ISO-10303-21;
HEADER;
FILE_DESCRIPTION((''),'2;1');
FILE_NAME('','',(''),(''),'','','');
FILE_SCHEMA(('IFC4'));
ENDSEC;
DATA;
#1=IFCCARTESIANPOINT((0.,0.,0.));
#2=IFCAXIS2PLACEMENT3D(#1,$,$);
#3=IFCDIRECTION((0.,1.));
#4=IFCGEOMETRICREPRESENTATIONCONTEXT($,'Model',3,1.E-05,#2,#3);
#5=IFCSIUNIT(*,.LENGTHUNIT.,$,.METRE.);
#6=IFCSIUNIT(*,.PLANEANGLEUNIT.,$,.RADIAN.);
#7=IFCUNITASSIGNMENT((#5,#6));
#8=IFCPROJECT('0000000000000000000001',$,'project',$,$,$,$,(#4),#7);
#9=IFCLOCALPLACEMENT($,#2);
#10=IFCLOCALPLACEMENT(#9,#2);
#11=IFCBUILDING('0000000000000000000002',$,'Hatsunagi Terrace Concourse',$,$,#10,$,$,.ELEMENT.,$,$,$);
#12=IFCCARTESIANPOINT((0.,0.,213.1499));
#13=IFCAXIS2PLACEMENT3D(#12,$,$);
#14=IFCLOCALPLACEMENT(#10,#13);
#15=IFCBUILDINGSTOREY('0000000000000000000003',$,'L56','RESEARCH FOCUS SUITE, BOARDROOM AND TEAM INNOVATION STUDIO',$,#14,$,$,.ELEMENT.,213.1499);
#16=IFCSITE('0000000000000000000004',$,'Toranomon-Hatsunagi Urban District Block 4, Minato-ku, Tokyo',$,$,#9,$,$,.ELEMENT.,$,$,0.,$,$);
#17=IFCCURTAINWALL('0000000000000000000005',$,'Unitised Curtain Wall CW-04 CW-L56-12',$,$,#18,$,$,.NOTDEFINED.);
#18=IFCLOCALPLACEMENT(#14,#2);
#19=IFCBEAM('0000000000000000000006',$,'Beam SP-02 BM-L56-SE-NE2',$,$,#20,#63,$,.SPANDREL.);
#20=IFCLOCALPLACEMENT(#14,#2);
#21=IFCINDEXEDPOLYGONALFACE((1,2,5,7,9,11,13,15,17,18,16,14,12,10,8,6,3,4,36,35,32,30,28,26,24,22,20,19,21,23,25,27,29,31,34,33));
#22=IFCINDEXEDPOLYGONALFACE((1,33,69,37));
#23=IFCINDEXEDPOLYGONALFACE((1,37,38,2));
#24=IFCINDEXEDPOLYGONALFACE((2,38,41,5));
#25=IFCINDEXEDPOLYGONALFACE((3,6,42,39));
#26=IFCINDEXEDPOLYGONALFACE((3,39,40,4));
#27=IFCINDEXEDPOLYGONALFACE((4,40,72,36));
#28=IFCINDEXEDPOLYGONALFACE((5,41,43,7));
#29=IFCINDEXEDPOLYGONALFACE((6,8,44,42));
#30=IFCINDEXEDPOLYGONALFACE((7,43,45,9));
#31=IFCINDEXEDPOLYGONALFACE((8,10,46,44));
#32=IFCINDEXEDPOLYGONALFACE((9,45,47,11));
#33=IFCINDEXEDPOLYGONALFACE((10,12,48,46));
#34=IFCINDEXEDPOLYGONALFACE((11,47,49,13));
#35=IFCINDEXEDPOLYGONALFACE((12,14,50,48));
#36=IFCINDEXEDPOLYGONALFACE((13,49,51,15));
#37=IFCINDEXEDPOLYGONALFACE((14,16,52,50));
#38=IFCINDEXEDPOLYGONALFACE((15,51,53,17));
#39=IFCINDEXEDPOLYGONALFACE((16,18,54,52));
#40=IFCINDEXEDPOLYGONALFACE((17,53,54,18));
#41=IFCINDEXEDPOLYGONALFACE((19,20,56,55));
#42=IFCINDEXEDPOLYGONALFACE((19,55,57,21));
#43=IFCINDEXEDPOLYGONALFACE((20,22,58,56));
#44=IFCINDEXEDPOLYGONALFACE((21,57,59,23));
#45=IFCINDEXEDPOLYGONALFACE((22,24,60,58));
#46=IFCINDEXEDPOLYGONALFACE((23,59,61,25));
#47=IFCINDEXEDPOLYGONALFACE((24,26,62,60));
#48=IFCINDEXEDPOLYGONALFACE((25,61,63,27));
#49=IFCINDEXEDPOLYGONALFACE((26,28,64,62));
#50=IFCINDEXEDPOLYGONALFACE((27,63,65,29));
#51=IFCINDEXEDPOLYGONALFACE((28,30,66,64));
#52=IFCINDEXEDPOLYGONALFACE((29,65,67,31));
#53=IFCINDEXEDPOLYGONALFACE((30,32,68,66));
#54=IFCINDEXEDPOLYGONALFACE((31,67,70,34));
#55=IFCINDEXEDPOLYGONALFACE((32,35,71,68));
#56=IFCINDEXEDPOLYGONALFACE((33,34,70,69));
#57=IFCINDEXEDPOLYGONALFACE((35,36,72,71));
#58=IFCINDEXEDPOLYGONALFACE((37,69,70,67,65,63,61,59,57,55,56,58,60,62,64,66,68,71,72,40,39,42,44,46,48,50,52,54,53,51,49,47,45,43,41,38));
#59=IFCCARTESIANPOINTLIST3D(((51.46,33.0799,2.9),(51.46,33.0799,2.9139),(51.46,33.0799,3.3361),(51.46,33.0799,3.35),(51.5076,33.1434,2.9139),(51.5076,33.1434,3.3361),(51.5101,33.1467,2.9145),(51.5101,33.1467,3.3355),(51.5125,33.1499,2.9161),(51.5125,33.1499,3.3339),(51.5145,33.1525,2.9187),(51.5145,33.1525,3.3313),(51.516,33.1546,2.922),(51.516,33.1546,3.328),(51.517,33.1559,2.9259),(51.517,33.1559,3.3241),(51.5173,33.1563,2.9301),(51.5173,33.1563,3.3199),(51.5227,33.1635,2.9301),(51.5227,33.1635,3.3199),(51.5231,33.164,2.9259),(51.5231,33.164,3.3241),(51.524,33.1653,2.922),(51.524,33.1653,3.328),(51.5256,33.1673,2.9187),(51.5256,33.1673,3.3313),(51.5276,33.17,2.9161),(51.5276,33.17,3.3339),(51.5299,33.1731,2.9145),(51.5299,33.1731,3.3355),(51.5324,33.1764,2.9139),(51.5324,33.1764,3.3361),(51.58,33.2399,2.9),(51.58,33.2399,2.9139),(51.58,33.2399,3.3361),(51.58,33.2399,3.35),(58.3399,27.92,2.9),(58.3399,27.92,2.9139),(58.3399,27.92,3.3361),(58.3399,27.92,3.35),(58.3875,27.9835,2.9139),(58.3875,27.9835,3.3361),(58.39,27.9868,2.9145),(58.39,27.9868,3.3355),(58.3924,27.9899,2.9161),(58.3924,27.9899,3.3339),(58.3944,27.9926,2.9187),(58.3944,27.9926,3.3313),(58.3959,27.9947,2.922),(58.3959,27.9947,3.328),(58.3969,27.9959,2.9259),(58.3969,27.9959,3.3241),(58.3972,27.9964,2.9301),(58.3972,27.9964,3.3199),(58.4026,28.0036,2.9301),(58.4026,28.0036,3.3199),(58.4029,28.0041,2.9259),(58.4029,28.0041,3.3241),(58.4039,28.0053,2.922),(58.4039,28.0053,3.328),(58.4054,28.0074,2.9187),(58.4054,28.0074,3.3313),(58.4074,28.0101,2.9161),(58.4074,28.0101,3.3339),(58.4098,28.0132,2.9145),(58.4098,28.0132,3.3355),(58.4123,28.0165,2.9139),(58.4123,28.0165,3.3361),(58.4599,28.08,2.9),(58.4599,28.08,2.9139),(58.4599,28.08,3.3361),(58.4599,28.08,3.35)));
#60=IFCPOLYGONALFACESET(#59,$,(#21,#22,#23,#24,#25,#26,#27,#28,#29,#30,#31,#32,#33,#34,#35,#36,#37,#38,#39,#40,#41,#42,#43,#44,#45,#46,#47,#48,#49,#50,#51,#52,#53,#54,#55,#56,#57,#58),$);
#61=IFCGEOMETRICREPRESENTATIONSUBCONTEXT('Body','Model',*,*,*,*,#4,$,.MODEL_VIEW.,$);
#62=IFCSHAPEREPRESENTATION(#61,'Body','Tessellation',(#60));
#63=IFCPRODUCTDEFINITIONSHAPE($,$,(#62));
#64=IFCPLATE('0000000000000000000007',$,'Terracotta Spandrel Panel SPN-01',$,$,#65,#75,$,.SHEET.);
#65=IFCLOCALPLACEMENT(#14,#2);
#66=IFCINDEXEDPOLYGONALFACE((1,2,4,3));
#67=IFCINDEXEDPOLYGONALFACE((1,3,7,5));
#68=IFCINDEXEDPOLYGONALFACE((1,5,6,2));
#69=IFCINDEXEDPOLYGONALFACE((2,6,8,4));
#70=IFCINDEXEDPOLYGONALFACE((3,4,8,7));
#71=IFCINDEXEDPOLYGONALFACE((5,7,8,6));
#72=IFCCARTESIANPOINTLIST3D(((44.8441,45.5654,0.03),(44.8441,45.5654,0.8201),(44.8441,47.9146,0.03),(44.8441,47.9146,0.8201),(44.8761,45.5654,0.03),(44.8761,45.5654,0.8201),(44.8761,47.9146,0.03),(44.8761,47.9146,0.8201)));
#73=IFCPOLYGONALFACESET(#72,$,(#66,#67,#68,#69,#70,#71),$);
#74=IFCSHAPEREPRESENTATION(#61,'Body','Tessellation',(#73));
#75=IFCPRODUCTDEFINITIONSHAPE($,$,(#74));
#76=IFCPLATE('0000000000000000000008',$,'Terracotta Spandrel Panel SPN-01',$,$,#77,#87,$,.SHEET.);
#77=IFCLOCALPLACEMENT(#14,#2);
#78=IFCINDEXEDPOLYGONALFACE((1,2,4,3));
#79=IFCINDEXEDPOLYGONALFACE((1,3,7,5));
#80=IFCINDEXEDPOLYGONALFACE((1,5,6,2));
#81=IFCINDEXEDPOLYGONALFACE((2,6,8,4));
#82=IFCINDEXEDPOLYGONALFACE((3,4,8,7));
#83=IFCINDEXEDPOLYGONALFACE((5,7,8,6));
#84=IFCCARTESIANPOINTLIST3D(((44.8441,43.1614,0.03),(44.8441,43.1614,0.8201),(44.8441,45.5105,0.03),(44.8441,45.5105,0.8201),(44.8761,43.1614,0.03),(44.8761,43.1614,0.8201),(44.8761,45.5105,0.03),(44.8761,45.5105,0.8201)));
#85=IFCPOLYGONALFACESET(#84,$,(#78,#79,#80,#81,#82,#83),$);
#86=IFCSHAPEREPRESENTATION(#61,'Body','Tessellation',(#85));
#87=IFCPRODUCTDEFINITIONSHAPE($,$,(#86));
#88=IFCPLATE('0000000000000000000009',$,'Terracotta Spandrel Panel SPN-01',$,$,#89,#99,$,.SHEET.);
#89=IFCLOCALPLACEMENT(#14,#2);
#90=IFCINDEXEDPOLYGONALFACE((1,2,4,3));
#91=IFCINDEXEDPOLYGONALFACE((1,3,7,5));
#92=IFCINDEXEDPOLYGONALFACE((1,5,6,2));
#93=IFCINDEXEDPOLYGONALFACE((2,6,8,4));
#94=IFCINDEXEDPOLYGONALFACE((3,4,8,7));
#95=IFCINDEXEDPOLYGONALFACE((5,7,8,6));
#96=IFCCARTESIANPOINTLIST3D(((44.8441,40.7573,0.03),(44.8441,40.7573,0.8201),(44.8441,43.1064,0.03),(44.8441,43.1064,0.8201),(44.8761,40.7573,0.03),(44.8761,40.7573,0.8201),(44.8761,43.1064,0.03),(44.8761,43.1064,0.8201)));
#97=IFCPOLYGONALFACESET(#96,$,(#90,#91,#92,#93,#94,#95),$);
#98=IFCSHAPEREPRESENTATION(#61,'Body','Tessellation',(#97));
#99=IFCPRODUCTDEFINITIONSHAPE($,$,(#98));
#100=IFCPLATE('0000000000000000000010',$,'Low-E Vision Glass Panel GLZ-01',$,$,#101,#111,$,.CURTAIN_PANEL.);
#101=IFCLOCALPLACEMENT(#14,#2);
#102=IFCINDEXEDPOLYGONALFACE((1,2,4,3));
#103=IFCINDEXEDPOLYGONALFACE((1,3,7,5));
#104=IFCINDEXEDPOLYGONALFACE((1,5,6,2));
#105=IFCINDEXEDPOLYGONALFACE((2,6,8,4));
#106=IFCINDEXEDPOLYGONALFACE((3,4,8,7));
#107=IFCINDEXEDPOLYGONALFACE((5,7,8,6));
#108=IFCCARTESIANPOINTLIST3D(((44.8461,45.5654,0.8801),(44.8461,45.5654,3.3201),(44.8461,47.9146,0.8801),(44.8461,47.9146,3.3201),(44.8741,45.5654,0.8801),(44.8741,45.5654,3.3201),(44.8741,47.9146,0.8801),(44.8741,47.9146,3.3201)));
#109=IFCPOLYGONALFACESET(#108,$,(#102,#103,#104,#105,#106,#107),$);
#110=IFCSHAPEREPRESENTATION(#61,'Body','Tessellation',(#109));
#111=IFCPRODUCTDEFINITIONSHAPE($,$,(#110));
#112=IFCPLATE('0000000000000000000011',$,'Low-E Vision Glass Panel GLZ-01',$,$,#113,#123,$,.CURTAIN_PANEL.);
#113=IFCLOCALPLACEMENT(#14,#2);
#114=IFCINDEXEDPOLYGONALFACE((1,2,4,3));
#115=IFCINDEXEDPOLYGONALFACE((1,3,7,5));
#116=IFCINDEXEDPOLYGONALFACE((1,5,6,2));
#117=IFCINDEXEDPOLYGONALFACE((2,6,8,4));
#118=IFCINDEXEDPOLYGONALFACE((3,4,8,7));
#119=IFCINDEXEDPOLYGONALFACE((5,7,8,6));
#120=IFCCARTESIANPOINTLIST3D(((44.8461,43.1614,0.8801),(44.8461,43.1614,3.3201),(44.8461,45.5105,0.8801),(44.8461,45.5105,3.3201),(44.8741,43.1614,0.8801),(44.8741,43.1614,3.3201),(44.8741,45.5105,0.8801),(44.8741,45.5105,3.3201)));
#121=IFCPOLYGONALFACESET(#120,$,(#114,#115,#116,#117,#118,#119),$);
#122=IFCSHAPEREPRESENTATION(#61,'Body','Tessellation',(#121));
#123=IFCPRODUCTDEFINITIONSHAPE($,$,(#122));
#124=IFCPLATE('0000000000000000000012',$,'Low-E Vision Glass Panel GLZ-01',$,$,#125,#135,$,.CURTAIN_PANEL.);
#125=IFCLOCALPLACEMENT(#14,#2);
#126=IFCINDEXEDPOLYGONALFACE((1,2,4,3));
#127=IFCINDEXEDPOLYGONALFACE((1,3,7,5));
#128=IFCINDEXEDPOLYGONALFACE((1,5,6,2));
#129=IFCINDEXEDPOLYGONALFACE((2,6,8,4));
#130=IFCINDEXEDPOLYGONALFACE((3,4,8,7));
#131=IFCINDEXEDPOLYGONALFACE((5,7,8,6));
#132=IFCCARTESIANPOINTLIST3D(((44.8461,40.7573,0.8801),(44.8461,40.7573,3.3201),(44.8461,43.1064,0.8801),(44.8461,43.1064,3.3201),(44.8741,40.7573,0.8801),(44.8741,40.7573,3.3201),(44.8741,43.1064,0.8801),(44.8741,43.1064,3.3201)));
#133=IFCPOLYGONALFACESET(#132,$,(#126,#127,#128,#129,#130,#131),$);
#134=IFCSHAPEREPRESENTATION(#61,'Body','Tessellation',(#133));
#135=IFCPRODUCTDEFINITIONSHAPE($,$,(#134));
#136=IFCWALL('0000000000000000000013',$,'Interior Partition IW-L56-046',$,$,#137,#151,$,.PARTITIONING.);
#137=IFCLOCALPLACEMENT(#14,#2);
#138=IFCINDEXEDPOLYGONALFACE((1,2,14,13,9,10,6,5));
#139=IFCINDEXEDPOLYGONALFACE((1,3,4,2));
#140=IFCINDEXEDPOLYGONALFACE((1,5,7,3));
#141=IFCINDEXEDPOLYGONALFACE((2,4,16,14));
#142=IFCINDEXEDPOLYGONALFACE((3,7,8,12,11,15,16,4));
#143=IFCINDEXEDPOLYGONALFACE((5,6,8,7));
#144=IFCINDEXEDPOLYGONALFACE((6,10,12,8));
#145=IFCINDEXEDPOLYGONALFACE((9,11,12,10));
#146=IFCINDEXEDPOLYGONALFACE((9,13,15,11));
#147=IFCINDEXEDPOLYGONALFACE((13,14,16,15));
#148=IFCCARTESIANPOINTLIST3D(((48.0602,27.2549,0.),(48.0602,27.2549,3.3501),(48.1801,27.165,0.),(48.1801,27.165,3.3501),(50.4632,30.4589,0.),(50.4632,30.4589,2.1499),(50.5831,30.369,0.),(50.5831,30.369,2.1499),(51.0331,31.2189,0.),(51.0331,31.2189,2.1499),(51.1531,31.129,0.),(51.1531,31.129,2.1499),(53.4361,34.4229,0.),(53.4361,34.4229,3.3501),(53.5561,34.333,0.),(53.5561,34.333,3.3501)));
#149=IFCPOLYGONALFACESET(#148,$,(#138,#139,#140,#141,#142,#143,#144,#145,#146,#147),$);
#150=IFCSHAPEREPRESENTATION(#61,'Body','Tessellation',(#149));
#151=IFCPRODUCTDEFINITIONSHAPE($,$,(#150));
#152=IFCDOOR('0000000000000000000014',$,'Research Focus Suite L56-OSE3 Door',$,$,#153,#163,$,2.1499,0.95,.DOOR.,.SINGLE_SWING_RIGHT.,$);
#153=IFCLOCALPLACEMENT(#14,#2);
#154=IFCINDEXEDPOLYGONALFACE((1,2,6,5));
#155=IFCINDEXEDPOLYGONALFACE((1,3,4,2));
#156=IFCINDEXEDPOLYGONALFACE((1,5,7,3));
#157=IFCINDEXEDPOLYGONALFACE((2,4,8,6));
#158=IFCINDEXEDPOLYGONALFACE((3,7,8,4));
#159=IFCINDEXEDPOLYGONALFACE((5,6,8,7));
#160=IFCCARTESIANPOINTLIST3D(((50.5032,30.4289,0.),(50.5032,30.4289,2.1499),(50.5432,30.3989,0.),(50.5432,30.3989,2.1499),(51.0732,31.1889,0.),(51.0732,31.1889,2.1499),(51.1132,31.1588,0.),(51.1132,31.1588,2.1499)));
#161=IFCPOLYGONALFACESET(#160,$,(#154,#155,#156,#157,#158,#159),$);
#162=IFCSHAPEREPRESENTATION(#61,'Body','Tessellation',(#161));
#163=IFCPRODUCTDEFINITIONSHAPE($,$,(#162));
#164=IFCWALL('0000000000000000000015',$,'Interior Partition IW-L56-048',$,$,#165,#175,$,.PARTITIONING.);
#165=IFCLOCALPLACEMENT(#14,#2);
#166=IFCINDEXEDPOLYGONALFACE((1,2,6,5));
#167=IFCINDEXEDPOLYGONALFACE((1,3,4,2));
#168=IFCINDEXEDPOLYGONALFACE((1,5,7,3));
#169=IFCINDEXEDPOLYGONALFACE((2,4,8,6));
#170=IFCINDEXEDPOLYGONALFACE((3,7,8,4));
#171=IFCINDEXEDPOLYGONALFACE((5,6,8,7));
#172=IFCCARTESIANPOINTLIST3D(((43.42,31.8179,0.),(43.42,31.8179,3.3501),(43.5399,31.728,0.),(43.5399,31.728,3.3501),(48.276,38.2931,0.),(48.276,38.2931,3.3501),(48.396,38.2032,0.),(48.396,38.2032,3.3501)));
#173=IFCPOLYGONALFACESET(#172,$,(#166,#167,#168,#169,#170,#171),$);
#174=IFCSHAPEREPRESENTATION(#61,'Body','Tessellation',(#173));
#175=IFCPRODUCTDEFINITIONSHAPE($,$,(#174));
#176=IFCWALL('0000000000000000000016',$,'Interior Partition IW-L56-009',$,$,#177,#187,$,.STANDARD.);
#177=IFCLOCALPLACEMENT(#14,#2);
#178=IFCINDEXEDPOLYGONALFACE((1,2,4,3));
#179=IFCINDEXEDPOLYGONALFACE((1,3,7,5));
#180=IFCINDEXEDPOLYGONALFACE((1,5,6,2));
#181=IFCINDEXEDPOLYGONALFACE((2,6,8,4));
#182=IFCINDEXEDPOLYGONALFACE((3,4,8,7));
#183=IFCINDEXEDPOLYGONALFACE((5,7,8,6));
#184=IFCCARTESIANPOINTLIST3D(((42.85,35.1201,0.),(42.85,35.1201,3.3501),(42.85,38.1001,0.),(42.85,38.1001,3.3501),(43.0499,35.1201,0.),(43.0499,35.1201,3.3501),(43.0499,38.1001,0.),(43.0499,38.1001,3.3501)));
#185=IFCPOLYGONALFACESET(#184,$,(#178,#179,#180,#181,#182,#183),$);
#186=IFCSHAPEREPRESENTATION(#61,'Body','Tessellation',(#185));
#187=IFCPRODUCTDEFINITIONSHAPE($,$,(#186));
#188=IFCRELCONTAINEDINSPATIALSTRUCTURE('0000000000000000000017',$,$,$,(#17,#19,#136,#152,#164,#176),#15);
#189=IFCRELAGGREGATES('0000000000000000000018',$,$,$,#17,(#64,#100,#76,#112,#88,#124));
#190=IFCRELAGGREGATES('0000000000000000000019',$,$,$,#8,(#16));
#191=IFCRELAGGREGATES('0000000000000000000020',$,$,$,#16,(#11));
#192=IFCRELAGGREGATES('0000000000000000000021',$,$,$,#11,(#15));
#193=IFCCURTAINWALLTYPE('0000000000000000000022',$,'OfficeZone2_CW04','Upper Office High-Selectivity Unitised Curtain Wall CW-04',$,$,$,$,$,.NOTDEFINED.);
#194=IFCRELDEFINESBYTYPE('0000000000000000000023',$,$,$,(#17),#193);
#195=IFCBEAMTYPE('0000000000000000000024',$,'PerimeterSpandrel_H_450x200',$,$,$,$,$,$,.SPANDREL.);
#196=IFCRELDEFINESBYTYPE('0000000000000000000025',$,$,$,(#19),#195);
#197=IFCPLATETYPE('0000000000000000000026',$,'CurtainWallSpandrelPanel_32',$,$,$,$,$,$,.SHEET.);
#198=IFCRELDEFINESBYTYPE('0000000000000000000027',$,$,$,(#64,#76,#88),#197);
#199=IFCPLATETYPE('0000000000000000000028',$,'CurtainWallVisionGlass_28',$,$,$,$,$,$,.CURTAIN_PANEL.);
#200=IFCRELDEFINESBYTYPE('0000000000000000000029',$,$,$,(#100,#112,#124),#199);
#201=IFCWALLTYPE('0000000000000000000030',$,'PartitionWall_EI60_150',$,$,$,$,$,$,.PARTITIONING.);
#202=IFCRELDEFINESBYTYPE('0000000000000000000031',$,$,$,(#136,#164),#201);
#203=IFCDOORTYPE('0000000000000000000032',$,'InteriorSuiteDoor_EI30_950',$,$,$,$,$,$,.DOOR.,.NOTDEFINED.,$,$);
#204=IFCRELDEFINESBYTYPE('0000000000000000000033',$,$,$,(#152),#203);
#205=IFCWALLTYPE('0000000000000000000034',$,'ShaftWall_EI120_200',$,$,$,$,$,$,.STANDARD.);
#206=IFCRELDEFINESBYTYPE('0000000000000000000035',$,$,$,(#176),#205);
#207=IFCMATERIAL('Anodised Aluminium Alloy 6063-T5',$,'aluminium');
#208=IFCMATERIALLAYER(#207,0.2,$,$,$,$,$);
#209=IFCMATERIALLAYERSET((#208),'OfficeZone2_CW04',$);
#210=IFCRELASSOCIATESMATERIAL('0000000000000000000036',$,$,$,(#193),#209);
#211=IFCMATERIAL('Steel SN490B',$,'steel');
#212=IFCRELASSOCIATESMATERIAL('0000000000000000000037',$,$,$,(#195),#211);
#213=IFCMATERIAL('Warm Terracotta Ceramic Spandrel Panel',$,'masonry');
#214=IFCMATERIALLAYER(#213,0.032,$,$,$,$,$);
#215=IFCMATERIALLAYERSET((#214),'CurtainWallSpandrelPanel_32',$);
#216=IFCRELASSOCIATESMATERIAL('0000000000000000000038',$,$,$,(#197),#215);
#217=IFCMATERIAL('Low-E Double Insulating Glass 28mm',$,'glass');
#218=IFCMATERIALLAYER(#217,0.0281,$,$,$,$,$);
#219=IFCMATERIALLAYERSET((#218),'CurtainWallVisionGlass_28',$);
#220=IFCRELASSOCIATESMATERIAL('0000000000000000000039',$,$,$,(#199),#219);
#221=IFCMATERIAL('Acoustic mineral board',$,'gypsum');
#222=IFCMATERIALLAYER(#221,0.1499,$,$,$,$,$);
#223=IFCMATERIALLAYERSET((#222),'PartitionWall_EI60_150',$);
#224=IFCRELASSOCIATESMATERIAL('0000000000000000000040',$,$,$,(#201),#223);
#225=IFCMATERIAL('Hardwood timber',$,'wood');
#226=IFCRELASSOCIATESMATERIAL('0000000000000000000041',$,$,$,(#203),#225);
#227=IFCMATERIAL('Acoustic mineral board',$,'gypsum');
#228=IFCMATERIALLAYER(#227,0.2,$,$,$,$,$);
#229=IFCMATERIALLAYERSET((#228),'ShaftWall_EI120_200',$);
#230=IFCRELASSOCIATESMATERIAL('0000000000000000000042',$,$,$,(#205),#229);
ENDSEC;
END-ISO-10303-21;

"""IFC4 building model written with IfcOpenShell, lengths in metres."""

from ifc_helpers import new_model, si_unit, direction, frame, frame_2d, origin, origin_2d, place, context, subcontext, project, spatial, rectangle, i_section, extrude, material, layer, layer_set, material_profile, profile_set, type_object, element, fill, aggregate, save


model = new_model("IFC4")

# Units and contexts
model_context = context("Model", 3, precision=1e-05, world=origin(), true_north=direction((0.0, 1.0)))
body_context = subcontext(model_context, "Body", "Model", "MODEL_VIEW")
ifc_project = project(units=[si_unit("LENGTHUNIT", "METRE"), si_unit("PLANEANGLEUNIT", "RADIAN")], contexts=[model_context])

# Site, building, storey
site_placement = place(None, origin())
site = spatial("IfcSite", under=ifc_project, at=site_placement, Name="Toranomon-Hatsunagi Urban District Block 4, Minato-ku, Tokyo", CompositionType="ELEMENT", RefElevation=0.0)
building_placement = place(site_placement, origin())
building = spatial("IfcBuilding", under=site, at=building_placement, Name="Hatsunagi Terrace Concourse", CompositionType="ELEMENT")
storey_placement = place(building_placement, frame((0.0, 0.0, 213.1499)))
storey = spatial("IfcBuildingStorey", under=building, at=storey_placement, Name="L56", Description="RESEARCH FOCUS SUITE, BOARDROOM AND TEAM INNOVATION STUDIO", CompositionType="ELEMENT", Elevation=213.1499)

# Curtain wall
ifc_material_1 = material(Name="Anodised Aluminium Alloy 6063-T5", Category="aluminium")
ifc_layer_1 = layer(ifc_material_1, 0.2)
ifc_layer_set_1 = layer_set([ifc_layer_1], Name="OfficeZone2_CW04")
curtain_wall_type = type_object("IfcCurtainWallType", Name="OfficeZone2_CW04", Description="Upper Office High-Selectivity Unitised Curtain Wall CW-04", PredefinedType="NOTDEFINED", material=ifc_layer_set_1)
curtain_wall_placement = place(storey_placement, origin())
curtain_wall = element("IfcCurtainWall", 1, at=curtain_wall_placement, inside=storey, type_object=curtain_wall_type, Name="Unitised Curtain Wall CW-04 CW-L56-12", PredefinedType="NOTDEFINED")

# Beam
ifc_material_2 = material(Name="Steel SN490B", Category="steel")
ifc_material_profile_1 = material_profile(ifc_material_2, i_section(OverallWidth=0.2, OverallDepth=0.45, WebThickness=0.009, FlangeThickness=0.0139, FilletRadius=0.0161, at=origin_2d()), Name="H-450x200x9x14")
ifc_profile_set_1 = profile_set([ifc_material_profile_1], Name="Steel SN490B")
beam_type_1 = type_object("IfcBeamType", Name="PerimeterSpandrel_H_450x200", PredefinedType="SPANDREL", material=ifc_profile_set_1)
beam_1_placement = place(storey_placement, frame((51.52, 33.1599, 3.125), z_axis=(0.8, -0.6, 0.0), x_axis=(0.6, 0.8, 0.0)))
element("IfcBeam", 2, at=beam_1_placement, inside=storey, type_object=beam_type_1, Name="Beam SP-02 BM-L56-SE-NE2", PredefinedType="SPANDREL", context=body_context, shape_type="SweptSolid", body=[
    extrude(i_section(OverallWidth=0.2, OverallDepth=0.45, WebThickness=0.009, FlangeThickness=0.0139, FilletRadius=0.0161, at=origin_2d()), origin(), (0.0, 0.0, 1.0), 8.5999),
])

# Plates
ifc_material_3 = material(Name="Warm Terracotta Ceramic Spandrel Panel", Category="masonry")
ifc_layer_2 = layer(ifc_material_3, 0.032)
ifc_layer_set_2 = layer_set([ifc_layer_2], Name="CurtainWallSpandrelPanel_32")
plate_type_1 = type_object("IfcPlateType", Name="CurtainWallSpandrelPanel_32", PredefinedType="SHEET", material=ifc_layer_set_2)
plate_1_placement = place(storey_placement, frame((44.8601, 46.74, 0.03), z_axis=(0.0, 0.0, 1.0), x_axis=(0.0, -1.0, 0.0)))
plate_1 = element("IfcPlate", 3, at=plate_1_placement, type_object=plate_type_1, Name="Terracotta Spandrel Panel SPN-01", PredefinedType="SHEET", context=body_context, shape_type="SweptSolid", body=[
    extrude(rectangle(XDim=2.3491, YDim=0.032, at=origin_2d()), origin(), (0.0, 0.0, 1.0), 0.79),
])
plate_2_placement = place(storey_placement, frame((44.8601, 44.3359, 0.03), z_axis=(0.0, 0.0, 1.0), x_axis=(0.0, -1.0, 0.0)))
plate_2 = element("IfcPlate", 4, at=plate_2_placement, type_object=plate_type_1, Name="Terracotta Spandrel Panel SPN-01", PredefinedType="SHEET", context=body_context, shape_type="SweptSolid", body=[
    extrude(rectangle(XDim=2.3491, YDim=0.032, at=origin_2d()), origin(), (0.0, 0.0, 1.0), 0.79),
])
plate_3_placement = place(storey_placement, frame((44.8601, 41.9319, 0.03), z_axis=(0.0, 0.0, 1.0), x_axis=(0.0, -1.0, 0.0)))
plate_3 = element("IfcPlate", 5, at=plate_3_placement, type_object=plate_type_1, Name="Terracotta Spandrel Panel SPN-01", PredefinedType="SHEET", context=body_context, shape_type="SweptSolid", body=[
    extrude(rectangle(XDim=2.3491, YDim=0.032, at=origin_2d()), origin(), (0.0, 0.0, 1.0), 0.79),
])
ifc_material_4 = material(Name="Low-E Double Insulating Glass 28mm", Category="glass")
ifc_layer_3 = layer(ifc_material_4, 0.0281)
ifc_layer_set_3 = layer_set([ifc_layer_3], Name="CurtainWallVisionGlass_28")
plate_type_2 = type_object("IfcPlateType", Name="CurtainWallVisionGlass_28", PredefinedType="CURTAIN_PANEL", material=ifc_layer_set_3)
plate_4_placement = place(storey_placement, frame((44.8601, 46.74, 0.8801), z_axis=(0.0, 0.0, 1.0), x_axis=(0.0, -1.0, 0.0)))
plate_4 = element("IfcPlate", 6, at=plate_4_placement, type_object=plate_type_2, Name="Low-E Vision Glass Panel GLZ-01", PredefinedType="CURTAIN_PANEL", context=body_context, shape_type="SweptSolid", body=[
    extrude(rectangle(XDim=2.3491, YDim=0.0281, at=origin_2d()), origin(), (0.0, 0.0, 1.0), 2.4399),
])
plate_5_placement = place(storey_placement, frame((44.8601, 44.3359, 0.8801), z_axis=(0.0, 0.0, 1.0), x_axis=(0.0, -1.0, 0.0)))
plate_5 = element("IfcPlate", 7, at=plate_5_placement, type_object=plate_type_2, Name="Low-E Vision Glass Panel GLZ-01", PredefinedType="CURTAIN_PANEL", context=body_context, shape_type="SweptSolid", body=[
    extrude(rectangle(XDim=2.3491, YDim=0.0281, at=origin_2d()), origin(), (0.0, 0.0, 1.0), 2.4399),
])
plate_6_placement = place(storey_placement, frame((44.8601, 41.9319, 0.8801), z_axis=(0.0, 0.0, 1.0), x_axis=(0.0, -1.0, 0.0)))
plate_6 = element("IfcPlate", 8, at=plate_6_placement, type_object=plate_type_2, Name="Low-E Vision Glass Panel GLZ-01", PredefinedType="CURTAIN_PANEL", context=body_context, shape_type="SweptSolid", body=[
    extrude(rectangle(XDim=2.3491, YDim=0.0281, at=origin_2d()), origin(), (0.0, 0.0, 1.0), 2.4399),
])
aggregate(curtain_wall, [plate_1, plate_4, plate_2, plate_5, plate_3, plate_6])

# Wall, opening, door
ifc_material_5 = material(Name="Acoustic mineral board", Category="gypsum")
ifc_layer_4 = layer(ifc_material_5, 0.1499)
ifc_layer_set_4 = layer_set([ifc_layer_4], Name="PartitionWall_EI60_150")
wall_type_1 = type_object("IfcWallType", Name="PartitionWall_EI60_150", PredefinedType="PARTITIONING", material=ifc_layer_set_4)
wall_1_placement = place(storey_placement, frame((48.1201, 27.21, 0.0), z_axis=(0.0, 0.0, 1.0), x_axis=(0.6, 0.8, 0.0)))
wall_1 = element("IfcWall", 9, at=wall_1_placement, inside=storey, type_object=wall_type_1, Name="Interior Partition IW-L56-046", PredefinedType="PARTITIONING", context=body_context, shape_type="SweptSolid", body=[
    extrude(rectangle(XDim=8.96, YDim=0.1499, at=frame_2d((4.48, 0.0))), origin(), (0.0, 0.0, 1.0), 3.3501),
])
opening_1_placement = place(wall_1_placement, frame((4.0049, 0.0, 0.0)))
opening_1 = element("IfcOpeningElement", 10, at=opening_1_placement, cuts=wall_1, PredefinedType="OPENING", context=body_context, shape_type="SweptSolid", body=[
    extrude(rectangle(XDim=0.95, YDim=2.1499, at=frame_2d((0.4751, 1.075))), frame((0.0, 0.085, 0.0), z_axis=(0.0, -1.0, 0.0), x_axis=(1.0, 0.0, 0.0)), (0.0, 0.0, 1.0), 0.1699),
])
ifc_material_6 = material(Name="Hardwood timber", Category="wood")
door_type_1 = type_object("IfcDoorType", Name="InteriorSuiteDoor_EI30_950", OperationType="NOTDEFINED", PredefinedType="DOOR", material=ifc_material_6)
door_1_placement = place(opening_1_placement, origin())
door_1 = element("IfcDoor", 11, at=door_1_placement, inside=storey, type_object=door_type_1, Name="Research Focus Suite L56-OSE3 Door", OperationType="SINGLE_SWING_RIGHT", OverallHeight=2.1499, OverallWidth=0.95, PredefinedType="DOOR", context=body_context, shape_type="SweptSolid", body=[
    extrude(rectangle(XDim=0.95, YDim=2.1499, at=frame_2d((0.4751, 1.075))), frame((0.0, 0.0249, 0.0), z_axis=(0.0, -1.0, 0.0), x_axis=(1.0, 0.0, 0.0)), (0.0, 0.0, 1.0), 0.05),
])
fill(opening_1, door_1)

# Walls
wall_2_placement = place(storey_placement, frame((43.48, 31.7729, 0.0), z_axis=(0.0, 0.0, 1.0), x_axis=(0.599971, 0.800022, 0.0)))
element("IfcWall", 12, at=wall_2_placement, inside=storey, type_object=wall_type_1, Name="Interior Partition IW-L56-048", PredefinedType="PARTITIONING", context=body_context, shape_type="SweptSolid", body=[
    extrude(rectangle(XDim=8.0938, YDim=0.1499, at=frame_2d((4.0469, 0.0))), origin(), (0.0, 0.0, 1.0), 3.3501),
])
ifc_material_7 = material(Name="Acoustic mineral board", Category="gypsum")
ifc_layer_5 = layer(ifc_material_7, 0.2)
ifc_layer_set_5 = layer_set([ifc_layer_5], Name="ShaftWall_EI120_200")
wall_type_2 = type_object("IfcWallType", Name="ShaftWall_EI120_200", PredefinedType="STANDARD", material=ifc_layer_set_5)
wall_3_placement = place(storey_placement, frame((42.95, 35.1201, 0.0), z_axis=(0.0, 0.0, 1.0), x_axis=(0.0, 1.0, 0.0)))
element("IfcWall", 13, at=wall_3_placement, inside=storey, type_object=wall_type_2, Name="Interior Partition IW-L56-009", PredefinedType="STANDARD", context=body_context, shape_type="SweptSolid", body=[
    extrude(rectangle(XDim=2.98, YDim=0.2, at=frame_2d((1.49, 0.0))), origin(), (0.0, 0.0, 1.0), 3.3501),
])

save(model, "model.ifc")
